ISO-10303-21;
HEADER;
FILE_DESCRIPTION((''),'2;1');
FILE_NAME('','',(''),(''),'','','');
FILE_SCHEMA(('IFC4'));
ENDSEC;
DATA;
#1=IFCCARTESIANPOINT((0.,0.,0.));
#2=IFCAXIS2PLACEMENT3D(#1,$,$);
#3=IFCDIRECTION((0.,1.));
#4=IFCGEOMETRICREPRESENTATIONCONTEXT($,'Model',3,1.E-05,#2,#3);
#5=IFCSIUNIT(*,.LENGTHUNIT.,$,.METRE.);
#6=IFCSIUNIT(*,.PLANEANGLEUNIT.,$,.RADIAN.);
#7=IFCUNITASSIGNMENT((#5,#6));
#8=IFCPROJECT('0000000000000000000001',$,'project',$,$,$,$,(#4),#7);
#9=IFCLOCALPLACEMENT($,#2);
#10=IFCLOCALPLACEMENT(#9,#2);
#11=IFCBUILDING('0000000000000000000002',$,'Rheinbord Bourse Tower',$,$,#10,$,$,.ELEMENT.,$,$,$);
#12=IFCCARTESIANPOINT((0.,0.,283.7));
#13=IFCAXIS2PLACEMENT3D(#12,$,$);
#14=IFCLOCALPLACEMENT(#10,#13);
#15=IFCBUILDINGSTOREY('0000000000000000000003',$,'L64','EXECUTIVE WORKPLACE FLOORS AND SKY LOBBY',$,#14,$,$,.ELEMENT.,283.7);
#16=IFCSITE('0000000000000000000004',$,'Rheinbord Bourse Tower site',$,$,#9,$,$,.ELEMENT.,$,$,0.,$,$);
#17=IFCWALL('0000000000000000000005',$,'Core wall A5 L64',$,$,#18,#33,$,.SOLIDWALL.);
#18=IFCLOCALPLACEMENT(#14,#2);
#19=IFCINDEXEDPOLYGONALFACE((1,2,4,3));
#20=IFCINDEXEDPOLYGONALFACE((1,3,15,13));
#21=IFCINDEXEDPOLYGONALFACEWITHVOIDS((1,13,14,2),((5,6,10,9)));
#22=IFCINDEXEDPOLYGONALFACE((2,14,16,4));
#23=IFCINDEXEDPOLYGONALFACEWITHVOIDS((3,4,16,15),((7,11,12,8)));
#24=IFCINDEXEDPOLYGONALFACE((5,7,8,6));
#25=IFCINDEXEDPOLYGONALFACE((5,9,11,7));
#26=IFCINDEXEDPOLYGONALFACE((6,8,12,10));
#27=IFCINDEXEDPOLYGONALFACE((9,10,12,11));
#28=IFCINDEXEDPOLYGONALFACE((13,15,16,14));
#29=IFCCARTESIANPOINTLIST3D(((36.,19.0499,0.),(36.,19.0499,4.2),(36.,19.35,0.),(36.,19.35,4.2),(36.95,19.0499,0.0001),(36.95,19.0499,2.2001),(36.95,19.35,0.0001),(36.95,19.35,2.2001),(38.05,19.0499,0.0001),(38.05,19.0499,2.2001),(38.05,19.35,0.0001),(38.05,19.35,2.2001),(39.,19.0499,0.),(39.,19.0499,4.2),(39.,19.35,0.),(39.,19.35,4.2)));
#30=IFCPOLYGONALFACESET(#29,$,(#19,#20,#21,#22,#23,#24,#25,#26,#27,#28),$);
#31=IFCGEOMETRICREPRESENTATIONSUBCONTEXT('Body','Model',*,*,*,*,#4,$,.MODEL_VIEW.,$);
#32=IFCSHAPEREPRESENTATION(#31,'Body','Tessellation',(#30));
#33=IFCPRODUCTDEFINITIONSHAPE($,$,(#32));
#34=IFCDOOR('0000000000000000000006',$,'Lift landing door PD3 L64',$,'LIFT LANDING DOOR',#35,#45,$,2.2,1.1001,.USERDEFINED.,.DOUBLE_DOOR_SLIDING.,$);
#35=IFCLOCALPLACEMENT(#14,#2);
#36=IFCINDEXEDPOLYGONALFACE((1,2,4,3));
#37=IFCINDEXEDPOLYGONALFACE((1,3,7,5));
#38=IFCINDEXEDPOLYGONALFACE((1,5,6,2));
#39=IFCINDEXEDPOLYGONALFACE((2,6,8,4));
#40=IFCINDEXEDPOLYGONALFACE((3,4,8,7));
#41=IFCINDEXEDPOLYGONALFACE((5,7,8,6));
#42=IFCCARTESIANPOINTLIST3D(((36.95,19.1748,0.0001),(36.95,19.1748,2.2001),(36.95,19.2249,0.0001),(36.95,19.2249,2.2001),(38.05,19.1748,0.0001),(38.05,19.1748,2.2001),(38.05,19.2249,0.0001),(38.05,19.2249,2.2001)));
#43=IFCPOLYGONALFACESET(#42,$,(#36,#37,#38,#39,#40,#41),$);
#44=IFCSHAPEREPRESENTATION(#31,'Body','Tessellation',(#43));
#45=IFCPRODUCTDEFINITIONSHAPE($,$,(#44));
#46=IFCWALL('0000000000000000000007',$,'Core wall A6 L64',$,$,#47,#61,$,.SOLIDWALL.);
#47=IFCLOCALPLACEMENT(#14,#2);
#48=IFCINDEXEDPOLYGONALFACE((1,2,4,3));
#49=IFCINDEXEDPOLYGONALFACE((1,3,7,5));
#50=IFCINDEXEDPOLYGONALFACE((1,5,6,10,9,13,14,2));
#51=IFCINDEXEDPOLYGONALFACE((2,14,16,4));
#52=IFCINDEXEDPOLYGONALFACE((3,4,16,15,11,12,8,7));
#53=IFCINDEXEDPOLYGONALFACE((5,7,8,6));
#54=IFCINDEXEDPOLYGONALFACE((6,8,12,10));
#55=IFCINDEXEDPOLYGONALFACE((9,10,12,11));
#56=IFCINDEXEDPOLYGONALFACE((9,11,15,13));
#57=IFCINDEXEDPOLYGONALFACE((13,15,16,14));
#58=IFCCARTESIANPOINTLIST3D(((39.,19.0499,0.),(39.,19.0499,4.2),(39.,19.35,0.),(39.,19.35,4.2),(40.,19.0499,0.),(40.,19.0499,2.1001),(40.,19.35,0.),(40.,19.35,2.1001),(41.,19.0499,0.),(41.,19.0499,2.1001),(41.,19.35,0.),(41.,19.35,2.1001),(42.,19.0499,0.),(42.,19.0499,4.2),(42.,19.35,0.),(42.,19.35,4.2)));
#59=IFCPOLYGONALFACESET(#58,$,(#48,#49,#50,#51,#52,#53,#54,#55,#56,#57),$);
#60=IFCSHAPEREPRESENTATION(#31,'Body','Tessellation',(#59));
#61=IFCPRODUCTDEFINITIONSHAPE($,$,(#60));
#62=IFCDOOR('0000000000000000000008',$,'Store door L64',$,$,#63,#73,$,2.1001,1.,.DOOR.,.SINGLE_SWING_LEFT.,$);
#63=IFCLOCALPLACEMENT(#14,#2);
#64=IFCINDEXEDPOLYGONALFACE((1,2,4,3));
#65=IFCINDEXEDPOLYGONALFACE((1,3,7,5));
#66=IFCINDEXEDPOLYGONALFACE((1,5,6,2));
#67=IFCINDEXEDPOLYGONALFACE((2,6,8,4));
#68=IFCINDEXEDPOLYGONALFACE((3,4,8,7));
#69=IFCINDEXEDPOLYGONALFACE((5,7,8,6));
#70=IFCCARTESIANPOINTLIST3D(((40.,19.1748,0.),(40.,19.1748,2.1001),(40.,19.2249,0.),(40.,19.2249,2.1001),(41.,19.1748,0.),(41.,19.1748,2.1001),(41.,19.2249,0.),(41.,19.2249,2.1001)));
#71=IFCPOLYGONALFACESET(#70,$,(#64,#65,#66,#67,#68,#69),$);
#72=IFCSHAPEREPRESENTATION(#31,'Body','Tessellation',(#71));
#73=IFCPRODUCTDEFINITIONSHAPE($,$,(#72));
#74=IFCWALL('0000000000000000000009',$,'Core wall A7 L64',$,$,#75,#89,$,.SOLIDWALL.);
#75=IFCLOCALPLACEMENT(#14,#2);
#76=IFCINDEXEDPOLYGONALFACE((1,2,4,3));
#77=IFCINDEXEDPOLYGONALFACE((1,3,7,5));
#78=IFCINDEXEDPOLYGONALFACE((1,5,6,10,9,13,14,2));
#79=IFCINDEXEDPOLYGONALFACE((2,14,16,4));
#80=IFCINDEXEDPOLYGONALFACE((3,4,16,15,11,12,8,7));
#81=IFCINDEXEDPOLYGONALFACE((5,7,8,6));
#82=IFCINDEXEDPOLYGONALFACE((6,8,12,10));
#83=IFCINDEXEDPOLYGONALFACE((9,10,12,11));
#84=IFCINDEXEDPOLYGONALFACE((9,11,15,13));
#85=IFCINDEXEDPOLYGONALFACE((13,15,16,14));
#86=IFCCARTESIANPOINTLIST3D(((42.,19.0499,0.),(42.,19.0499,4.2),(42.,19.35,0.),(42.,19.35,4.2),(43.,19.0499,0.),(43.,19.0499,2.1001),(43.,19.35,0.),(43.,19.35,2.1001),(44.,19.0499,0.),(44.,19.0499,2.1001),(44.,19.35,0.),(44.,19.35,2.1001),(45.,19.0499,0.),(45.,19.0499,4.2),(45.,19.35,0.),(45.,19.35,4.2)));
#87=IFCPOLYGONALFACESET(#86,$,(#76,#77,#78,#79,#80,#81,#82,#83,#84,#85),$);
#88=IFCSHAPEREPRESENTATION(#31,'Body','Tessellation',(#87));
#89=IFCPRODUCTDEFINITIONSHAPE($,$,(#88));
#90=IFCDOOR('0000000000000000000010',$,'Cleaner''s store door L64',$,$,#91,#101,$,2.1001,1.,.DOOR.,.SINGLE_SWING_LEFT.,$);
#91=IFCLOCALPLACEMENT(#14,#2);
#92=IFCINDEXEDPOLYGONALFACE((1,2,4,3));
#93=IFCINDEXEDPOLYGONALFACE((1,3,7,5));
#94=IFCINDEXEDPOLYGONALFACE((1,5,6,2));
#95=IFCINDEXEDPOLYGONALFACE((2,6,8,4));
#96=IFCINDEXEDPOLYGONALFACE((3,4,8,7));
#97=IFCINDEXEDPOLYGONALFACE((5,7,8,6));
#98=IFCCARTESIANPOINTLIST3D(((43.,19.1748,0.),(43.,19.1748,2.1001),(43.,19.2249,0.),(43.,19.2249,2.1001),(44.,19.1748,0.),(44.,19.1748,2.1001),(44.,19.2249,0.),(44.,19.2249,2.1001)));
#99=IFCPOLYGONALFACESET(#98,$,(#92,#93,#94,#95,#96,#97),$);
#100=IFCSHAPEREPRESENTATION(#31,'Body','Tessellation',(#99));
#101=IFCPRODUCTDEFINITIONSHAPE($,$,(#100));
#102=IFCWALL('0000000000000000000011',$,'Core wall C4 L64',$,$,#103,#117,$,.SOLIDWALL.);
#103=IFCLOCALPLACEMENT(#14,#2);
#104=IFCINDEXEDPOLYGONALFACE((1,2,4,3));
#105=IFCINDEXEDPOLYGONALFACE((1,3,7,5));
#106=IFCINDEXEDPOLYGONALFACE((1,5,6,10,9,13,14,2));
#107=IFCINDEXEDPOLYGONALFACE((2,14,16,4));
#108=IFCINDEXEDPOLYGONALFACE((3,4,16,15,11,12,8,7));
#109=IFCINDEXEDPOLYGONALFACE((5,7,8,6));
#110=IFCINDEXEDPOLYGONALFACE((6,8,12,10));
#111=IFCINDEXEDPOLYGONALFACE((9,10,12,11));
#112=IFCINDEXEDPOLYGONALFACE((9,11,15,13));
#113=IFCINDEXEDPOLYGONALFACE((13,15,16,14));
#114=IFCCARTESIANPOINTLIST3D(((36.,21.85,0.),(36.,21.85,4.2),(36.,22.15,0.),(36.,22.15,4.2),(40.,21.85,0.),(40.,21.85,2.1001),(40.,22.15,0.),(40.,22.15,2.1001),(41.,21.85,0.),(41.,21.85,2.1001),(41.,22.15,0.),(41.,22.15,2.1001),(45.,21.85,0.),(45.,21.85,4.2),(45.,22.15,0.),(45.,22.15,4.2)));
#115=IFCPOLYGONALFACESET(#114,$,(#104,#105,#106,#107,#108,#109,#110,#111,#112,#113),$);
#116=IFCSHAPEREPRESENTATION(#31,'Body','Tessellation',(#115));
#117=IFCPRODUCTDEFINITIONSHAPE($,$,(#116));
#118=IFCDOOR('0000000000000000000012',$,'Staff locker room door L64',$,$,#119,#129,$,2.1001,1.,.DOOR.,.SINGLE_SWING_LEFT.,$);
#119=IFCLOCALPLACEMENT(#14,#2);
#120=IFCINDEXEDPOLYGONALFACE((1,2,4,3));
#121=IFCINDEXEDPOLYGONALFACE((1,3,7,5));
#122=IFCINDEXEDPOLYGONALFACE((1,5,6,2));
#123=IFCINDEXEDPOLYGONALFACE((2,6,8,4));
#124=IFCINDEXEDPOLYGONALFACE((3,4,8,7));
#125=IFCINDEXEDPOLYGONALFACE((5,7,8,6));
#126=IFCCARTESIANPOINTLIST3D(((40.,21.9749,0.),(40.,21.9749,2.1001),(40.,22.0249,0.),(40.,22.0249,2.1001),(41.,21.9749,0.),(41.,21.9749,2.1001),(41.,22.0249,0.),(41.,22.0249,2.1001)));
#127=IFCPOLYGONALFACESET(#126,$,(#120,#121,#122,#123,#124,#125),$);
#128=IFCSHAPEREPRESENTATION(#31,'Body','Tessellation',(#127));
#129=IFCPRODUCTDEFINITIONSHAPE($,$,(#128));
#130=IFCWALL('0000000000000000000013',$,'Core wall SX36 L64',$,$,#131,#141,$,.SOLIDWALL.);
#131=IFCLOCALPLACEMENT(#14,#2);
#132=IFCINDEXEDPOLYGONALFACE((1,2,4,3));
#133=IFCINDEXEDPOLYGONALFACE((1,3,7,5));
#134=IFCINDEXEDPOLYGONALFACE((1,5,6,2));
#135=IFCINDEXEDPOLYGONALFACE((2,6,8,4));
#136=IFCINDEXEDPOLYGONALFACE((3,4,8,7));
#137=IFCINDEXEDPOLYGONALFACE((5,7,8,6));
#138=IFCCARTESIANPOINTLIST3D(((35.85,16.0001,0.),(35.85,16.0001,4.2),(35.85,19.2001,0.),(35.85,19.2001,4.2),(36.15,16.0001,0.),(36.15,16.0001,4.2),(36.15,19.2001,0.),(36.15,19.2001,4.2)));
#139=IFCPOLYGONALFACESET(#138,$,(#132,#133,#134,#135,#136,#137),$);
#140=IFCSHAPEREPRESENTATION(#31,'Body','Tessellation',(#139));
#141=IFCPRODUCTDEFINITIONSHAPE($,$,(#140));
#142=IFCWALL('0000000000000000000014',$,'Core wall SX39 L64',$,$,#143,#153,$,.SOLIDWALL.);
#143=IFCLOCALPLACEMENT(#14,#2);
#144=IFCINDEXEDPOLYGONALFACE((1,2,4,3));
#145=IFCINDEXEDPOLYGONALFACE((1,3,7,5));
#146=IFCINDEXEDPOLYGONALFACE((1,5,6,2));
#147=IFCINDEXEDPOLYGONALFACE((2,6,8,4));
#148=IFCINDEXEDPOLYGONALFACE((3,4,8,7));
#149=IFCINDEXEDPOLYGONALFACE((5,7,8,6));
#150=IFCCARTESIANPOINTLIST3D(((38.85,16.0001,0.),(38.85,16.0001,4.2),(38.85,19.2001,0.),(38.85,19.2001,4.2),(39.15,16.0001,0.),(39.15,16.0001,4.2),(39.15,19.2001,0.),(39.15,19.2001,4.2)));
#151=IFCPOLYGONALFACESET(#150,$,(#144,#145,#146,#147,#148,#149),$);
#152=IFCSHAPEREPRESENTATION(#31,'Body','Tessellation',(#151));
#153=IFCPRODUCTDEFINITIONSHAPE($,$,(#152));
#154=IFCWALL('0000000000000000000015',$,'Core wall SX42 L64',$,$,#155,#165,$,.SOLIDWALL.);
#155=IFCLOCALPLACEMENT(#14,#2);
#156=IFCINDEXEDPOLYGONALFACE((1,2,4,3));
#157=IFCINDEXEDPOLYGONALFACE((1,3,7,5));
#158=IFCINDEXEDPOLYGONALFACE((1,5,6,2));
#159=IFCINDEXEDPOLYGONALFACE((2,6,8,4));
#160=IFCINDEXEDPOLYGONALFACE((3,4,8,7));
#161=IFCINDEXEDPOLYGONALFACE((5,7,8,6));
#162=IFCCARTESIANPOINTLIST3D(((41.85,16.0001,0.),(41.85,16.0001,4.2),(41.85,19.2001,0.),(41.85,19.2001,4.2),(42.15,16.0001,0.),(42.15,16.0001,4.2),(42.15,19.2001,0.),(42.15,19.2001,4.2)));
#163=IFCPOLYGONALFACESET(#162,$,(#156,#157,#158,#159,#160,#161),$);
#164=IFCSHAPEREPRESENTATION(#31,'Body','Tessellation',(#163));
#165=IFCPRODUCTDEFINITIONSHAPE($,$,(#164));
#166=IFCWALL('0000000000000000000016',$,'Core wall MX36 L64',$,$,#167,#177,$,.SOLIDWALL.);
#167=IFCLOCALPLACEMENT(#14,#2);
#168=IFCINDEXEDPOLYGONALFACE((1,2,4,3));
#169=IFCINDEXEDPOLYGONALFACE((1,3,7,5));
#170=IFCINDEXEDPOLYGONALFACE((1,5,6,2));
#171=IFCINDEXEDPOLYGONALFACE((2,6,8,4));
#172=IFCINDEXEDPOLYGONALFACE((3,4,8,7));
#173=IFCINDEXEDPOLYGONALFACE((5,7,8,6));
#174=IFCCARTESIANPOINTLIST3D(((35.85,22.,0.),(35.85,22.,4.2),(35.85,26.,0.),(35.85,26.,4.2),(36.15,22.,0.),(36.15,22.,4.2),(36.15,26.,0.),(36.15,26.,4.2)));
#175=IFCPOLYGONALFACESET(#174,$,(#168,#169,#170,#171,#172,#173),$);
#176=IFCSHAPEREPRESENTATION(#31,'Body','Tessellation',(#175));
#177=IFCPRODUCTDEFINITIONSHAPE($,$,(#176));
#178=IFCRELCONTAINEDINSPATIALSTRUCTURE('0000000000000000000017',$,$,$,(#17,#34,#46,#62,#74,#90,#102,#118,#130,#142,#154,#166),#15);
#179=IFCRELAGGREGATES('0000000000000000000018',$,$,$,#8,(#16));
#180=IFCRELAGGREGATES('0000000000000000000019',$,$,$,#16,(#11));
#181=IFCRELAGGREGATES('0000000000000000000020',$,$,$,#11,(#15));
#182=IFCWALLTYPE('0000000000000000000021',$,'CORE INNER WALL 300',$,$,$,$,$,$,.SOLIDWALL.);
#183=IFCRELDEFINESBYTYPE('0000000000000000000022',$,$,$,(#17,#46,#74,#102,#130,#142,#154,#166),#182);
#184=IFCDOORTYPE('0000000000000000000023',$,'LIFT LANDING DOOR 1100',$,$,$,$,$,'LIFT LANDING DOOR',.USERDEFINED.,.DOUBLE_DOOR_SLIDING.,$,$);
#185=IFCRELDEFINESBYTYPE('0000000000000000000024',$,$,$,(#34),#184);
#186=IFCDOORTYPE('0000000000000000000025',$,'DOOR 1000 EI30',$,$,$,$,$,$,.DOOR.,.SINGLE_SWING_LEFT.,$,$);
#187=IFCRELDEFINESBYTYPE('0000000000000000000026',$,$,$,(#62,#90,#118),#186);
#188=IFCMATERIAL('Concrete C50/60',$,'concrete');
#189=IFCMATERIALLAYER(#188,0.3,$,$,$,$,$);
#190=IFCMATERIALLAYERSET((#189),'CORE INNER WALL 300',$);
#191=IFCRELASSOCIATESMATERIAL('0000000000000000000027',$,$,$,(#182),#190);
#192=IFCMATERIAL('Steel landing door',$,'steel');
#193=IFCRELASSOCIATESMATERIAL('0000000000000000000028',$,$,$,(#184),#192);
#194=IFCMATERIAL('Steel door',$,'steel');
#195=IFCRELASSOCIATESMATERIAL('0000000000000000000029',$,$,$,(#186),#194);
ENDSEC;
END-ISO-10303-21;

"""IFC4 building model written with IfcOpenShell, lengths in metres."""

from ifc_helpers import new_model, si_unit, direction, frame, frame_2d, origin, place, context, subcontext, project, spatial, rectangle, extrude, material, layer, layer_set, type_object, element, fill, save


model = new_model("IFC4")

# Units and contexts
model_context = context("Model", 3, precision=1e-05, world=origin(), true_north=direction((0.0, 1.0)))
body_context = subcontext(model_context, "Body", "Model", "MODEL_VIEW")
ifc_project = project(units=[si_unit("LENGTHUNIT", "METRE"), si_unit("PLANEANGLEUNIT", "RADIAN")], contexts=[model_context])

# Site, building, storey
site_placement = place(None, origin())
site = spatial("IfcSite", under=ifc_project, at=site_placement, Name="Rheinbord Bourse Tower site", CompositionType="ELEMENT", RefElevation=0.0)
building_placement = place(site_placement, origin())
building = spatial("IfcBuilding", under=site, at=building_placement, Name="Rheinbord Bourse Tower", CompositionType="ELEMENT")
storey_placement = place(building_placement, frame((0.0, 0.0, 283.7)))
storey = spatial("IfcBuildingStorey", under=building, at=storey_placement, Name="L64", Description="EXECUTIVE WORKPLACE FLOORS AND SKY LOBBY", CompositionType="ELEMENT", Elevation=283.7)

# Walls, openings, doors
ifc_material_1 = material(Name="Concrete C50/60", Category="concrete")
ifc_layer_1 = layer(ifc_material_1, 0.3)
ifc_layer_set_1 = layer_set([ifc_layer_1], Name="CORE INNER WALL 300")
wall_type_1 = type_object("IfcWallType", Name="CORE INNER WALL 300", PredefinedType="SOLIDWALL", material=ifc_layer_set_1)
wall_1_placement = place(storey_placement, frame((36.0, 19.2, 0.0), z_axis=(0.0, 0.0, 1.0), x_axis=(1.0, 0.0, 0.0)))
wall_1 = element("IfcWall", 1, at=wall_1_placement, inside=storey, type_object=wall_type_1, Name="Core wall A5 L64", PredefinedType="SOLIDWALL", context=body_context, shape_type="SweptSolid", body=[
    extrude(rectangle(XDim=3.0, YDim=0.3, at=frame_2d((1.5, 0.0))), origin(), (0.0, 0.0, 1.0), 4.2),
])
opening_1_placement = place(wall_1_placement, frame((0.95, 0.0, 0.0)))
opening_1 = element("IfcOpeningElement", 2, at=opening_1_placement, cuts=wall_1, PredefinedType="OPENING", context=body_context, shape_type="SweptSolid", body=[
    extrude(rectangle(XDim=1.1001, YDim=2.2, at=frame_2d((0.55, 1.1001))), frame((0.0, 0.1599, 0.0), z_axis=(0.0, -1.0, 0.0), x_axis=(1.0, 0.0, 0.0)), (0.0, 0.0, 1.0), 0.3201),
])
ifc_material_2 = material(Name="Steel landing door", Category="steel")
door_type_1 = type_object("IfcDoorType", Name="LIFT LANDING DOOR 1100", ElementType="LIFT LANDING DOOR", OperationType="DOUBLE_DOOR_SLIDING", PredefinedType="USERDEFINED", material=ifc_material_2)
door_1_placement = place(opening_1_placement, origin())
door_1 = element("IfcDoor", 3, at=door_1_placement, inside=storey, type_object=door_type_1, Name="Lift landing door PD3 L64", ObjectType="LIFT LANDING DOOR", OperationType="DOUBLE_DOOR_SLIDING", OverallHeight=2.2, OverallWidth=1.1001, PredefinedType="USERDEFINED", context=body_context, shape_type="SweptSolid", body=[
    extrude(rectangle(XDim=1.1001, YDim=2.2, at=frame_2d((0.55, 1.1001))), frame((0.0, 0.0249, 0.0), z_axis=(0.0, -1.0, 0.0), x_axis=(1.0, 0.0, 0.0)), (0.0, 0.0, 1.0), 0.05),
])
fill(opening_1, door_1)
wall_2_placement = place(storey_placement, frame((39.0, 19.2, 0.0), z_axis=(0.0, 0.0, 1.0), x_axis=(1.0, 0.0, 0.0)))
wall_2 = element("IfcWall", 4, at=wall_2_placement, inside=storey, type_object=wall_type_1, Name="Core wall A6 L64", PredefinedType="SOLIDWALL", context=body_context, shape_type="SweptSolid", body=[
    extrude(rectangle(XDim=3.0, YDim=0.3, at=frame_2d((1.5, 0.0))), origin(), (0.0, 0.0, 1.0), 4.2),
])
opening_2_placement = place(wall_2_placement, frame((1.0, 0.0, 0.0)))
opening_2 = element("IfcOpeningElement", 5, at=opening_2_placement, cuts=wall_2, PredefinedType="OPENING", context=body_context, shape_type="SweptSolid", body=[
    extrude(rectangle(XDim=1.0, YDim=2.1001, at=frame_2d((0.5, 1.05))), frame((0.0, 0.1599, 0.0), z_axis=(0.0, -1.0, 0.0), x_axis=(1.0, 0.0, 0.0)), (0.0, 0.0, 1.0), 0.3201),
])
ifc_material_3 = material(Name="Steel door", Category="steel")
door_type_2 = type_object("IfcDoorType", Name="DOOR 1000 EI30", OperationType="SINGLE_SWING_LEFT", PredefinedType="DOOR", material=ifc_material_3)
door_2_placement = place(opening_2_placement, origin())
door_2 = element("IfcDoor", 6, at=door_2_placement, inside=storey, type_object=door_type_2, Name="Store door L64", OperationType="SINGLE_SWING_LEFT", OverallHeight=2.1001, OverallWidth=1.0, PredefinedType="DOOR", context=body_context, shape_type="SweptSolid", body=[
    extrude(rectangle(XDim=1.0, YDim=2.1001, at=frame_2d((0.5, 1.05))), frame((0.0, 0.0249, 0.0), z_axis=(0.0, -1.0, 0.0), x_axis=(1.0, 0.0, 0.0)), (0.0, 0.0, 1.0), 0.05),
])
fill(opening_2, door_2)
wall_3_placement = place(storey_placement, frame((42.0, 19.2, 0.0), z_axis=(0.0, 0.0, 1.0), x_axis=(1.0, 0.0, 0.0)))
wall_3 = element("IfcWall", 7, at=wall_3_placement, inside=storey, type_object=wall_type_1, Name="Core wall A7 L64", PredefinedType="SOLIDWALL", context=body_context, shape_type="SweptSolid", body=[
    extrude(rectangle(XDim=3.0, YDim=0.3, at=frame_2d((1.5, 0.0))), origin(), (0.0, 0.0, 1.0), 4.2),
])
opening_3_placement = place(wall_3_placement, frame((1.0, 0.0, 0.0)))
opening_3 = element("IfcOpeningElement", 8, at=opening_3_placement, cuts=wall_3, PredefinedType="OPENING", context=body_context, shape_type="SweptSolid", body=[
    extrude(rectangle(XDim=1.0, YDim=2.1001, at=frame_2d((0.5, 1.05))), frame((0.0, 0.1599, 0.0), z_axis=(0.0, -1.0, 0.0), x_axis=(1.0, 0.0, 0.0)), (0.0, 0.0, 1.0), 0.3201),
])
door_3_placement = place(opening_3_placement, origin())
door_3 = element("IfcDoor", 9, at=door_3_placement, inside=storey, type_object=door_type_2, Name="Cleaner's store door L64", OperationType="SINGLE_SWING_LEFT", OverallHeight=2.1001, OverallWidth=1.0, PredefinedType="DOOR", context=body_context, shape_type="SweptSolid", body=[
    extrude(rectangle(XDim=1.0, YDim=2.1001, at=frame_2d((0.5, 1.05))), frame((0.0, 0.0249, 0.0), z_axis=(0.0, -1.0, 0.0), x_axis=(1.0, 0.0, 0.0)), (0.0, 0.0, 1.0), 0.05),
])
fill(opening_3, door_3)
wall_4_placement = place(storey_placement, frame((36.0, 22.0, 0.0), z_axis=(0.0, 0.0, 1.0), x_axis=(1.0, 0.0, 0.0)))
wall_4 = element("IfcWall", 10, at=wall_4_placement, inside=storey, type_object=wall_type_1, Name="Core wall C4 L64", PredefinedType="SOLIDWALL", context=body_context, shape_type="SweptSolid", body=[
    extrude(rectangle(XDim=9.0, YDim=0.3, at=frame_2d((4.5, 0.0))), origin(), (0.0, 0.0, 1.0), 4.2),
])
opening_4_placement = place(wall_4_placement, frame((4.0, 0.0, 0.0)))
opening_4 = element("IfcOpeningElement", 11, at=opening_4_placement, cuts=wall_4, PredefinedType="OPENING", context=body_context, shape_type="SweptSolid", body=[
    extrude(rectangle(XDim=1.0, YDim=2.1001, at=frame_2d((0.5, 1.05))), frame((0.0, 0.1599, 0.0), z_axis=(0.0, -1.0, 0.0), x_axis=(1.0, 0.0, 0.0)), (0.0, 0.0, 1.0), 0.3201),
])
door_4_placement = place(opening_4_placement, origin())
door_4 = element("IfcDoor", 12, at=door_4_placement, inside=storey, type_object=door_type_2, Name="Staff locker room door L64", OperationType="SINGLE_SWING_LEFT", OverallHeight=2.1001, OverallWidth=1.0, PredefinedType="DOOR", context=body_context, shape_type="SweptSolid", body=[
    extrude(rectangle(XDim=1.0, YDim=2.1001, at=frame_2d((0.5, 1.05))), frame((0.0, 0.0249, 0.0), z_axis=(0.0, -1.0, 0.0), x_axis=(1.0, 0.0, 0.0)), (0.0, 0.0, 1.0), 0.05),
])
fill(opening_4, door_4)

# Walls
for number, where, z_axis, x_axis, name in (
    (13, (36.0, 16.0, 0.0), (0.0, 0.0, 1.0), (0.0, 1.0, 0.0), "Core wall SX36 L64"),
    (14, (39.0, 16.0, 0.0), (0.0, 0.0, 1.0), (0.0, 1.0, 0.0), "Core wall SX39 L64"),
    (15, (42.0, 16.0, 0.0), (0.0, 0.0, 1.0), (0.0, 1.0, 0.0), "Core wall SX42 L64"),
):
    element("IfcWall", number, at=place(storey_placement, frame(where, z_axis=z_axis, x_axis=x_axis)), inside=storey, type_object=wall_type_1, Name=name, PredefinedType="SOLIDWALL", context=body_context, shape_type="SweptSolid", body=[
        extrude(rectangle(XDim=3.2, YDim=0.3, at=frame_2d((1.6001, 0.0))), origin(), (0.0, 0.0, 1.0), 4.2),
    ])
wall_5_placement = place(storey_placement, frame((36.0, 22.0, 0.0), z_axis=(0.0, 0.0, 1.0), x_axis=(0.0, 1.0, 0.0)))
element("IfcWall", 16, at=wall_5_placement, inside=storey, type_object=wall_type_1, Name="Core wall MX36 L64", PredefinedType="SOLIDWALL", context=body_context, shape_type="SweptSolid", body=[
    extrude(rectangle(XDim=4.0, YDim=0.3, at=frame_2d((2.0, 0.0))), origin(), (0.0, 0.0, 1.0), 4.2),
])

save(model, "model.ifc")
